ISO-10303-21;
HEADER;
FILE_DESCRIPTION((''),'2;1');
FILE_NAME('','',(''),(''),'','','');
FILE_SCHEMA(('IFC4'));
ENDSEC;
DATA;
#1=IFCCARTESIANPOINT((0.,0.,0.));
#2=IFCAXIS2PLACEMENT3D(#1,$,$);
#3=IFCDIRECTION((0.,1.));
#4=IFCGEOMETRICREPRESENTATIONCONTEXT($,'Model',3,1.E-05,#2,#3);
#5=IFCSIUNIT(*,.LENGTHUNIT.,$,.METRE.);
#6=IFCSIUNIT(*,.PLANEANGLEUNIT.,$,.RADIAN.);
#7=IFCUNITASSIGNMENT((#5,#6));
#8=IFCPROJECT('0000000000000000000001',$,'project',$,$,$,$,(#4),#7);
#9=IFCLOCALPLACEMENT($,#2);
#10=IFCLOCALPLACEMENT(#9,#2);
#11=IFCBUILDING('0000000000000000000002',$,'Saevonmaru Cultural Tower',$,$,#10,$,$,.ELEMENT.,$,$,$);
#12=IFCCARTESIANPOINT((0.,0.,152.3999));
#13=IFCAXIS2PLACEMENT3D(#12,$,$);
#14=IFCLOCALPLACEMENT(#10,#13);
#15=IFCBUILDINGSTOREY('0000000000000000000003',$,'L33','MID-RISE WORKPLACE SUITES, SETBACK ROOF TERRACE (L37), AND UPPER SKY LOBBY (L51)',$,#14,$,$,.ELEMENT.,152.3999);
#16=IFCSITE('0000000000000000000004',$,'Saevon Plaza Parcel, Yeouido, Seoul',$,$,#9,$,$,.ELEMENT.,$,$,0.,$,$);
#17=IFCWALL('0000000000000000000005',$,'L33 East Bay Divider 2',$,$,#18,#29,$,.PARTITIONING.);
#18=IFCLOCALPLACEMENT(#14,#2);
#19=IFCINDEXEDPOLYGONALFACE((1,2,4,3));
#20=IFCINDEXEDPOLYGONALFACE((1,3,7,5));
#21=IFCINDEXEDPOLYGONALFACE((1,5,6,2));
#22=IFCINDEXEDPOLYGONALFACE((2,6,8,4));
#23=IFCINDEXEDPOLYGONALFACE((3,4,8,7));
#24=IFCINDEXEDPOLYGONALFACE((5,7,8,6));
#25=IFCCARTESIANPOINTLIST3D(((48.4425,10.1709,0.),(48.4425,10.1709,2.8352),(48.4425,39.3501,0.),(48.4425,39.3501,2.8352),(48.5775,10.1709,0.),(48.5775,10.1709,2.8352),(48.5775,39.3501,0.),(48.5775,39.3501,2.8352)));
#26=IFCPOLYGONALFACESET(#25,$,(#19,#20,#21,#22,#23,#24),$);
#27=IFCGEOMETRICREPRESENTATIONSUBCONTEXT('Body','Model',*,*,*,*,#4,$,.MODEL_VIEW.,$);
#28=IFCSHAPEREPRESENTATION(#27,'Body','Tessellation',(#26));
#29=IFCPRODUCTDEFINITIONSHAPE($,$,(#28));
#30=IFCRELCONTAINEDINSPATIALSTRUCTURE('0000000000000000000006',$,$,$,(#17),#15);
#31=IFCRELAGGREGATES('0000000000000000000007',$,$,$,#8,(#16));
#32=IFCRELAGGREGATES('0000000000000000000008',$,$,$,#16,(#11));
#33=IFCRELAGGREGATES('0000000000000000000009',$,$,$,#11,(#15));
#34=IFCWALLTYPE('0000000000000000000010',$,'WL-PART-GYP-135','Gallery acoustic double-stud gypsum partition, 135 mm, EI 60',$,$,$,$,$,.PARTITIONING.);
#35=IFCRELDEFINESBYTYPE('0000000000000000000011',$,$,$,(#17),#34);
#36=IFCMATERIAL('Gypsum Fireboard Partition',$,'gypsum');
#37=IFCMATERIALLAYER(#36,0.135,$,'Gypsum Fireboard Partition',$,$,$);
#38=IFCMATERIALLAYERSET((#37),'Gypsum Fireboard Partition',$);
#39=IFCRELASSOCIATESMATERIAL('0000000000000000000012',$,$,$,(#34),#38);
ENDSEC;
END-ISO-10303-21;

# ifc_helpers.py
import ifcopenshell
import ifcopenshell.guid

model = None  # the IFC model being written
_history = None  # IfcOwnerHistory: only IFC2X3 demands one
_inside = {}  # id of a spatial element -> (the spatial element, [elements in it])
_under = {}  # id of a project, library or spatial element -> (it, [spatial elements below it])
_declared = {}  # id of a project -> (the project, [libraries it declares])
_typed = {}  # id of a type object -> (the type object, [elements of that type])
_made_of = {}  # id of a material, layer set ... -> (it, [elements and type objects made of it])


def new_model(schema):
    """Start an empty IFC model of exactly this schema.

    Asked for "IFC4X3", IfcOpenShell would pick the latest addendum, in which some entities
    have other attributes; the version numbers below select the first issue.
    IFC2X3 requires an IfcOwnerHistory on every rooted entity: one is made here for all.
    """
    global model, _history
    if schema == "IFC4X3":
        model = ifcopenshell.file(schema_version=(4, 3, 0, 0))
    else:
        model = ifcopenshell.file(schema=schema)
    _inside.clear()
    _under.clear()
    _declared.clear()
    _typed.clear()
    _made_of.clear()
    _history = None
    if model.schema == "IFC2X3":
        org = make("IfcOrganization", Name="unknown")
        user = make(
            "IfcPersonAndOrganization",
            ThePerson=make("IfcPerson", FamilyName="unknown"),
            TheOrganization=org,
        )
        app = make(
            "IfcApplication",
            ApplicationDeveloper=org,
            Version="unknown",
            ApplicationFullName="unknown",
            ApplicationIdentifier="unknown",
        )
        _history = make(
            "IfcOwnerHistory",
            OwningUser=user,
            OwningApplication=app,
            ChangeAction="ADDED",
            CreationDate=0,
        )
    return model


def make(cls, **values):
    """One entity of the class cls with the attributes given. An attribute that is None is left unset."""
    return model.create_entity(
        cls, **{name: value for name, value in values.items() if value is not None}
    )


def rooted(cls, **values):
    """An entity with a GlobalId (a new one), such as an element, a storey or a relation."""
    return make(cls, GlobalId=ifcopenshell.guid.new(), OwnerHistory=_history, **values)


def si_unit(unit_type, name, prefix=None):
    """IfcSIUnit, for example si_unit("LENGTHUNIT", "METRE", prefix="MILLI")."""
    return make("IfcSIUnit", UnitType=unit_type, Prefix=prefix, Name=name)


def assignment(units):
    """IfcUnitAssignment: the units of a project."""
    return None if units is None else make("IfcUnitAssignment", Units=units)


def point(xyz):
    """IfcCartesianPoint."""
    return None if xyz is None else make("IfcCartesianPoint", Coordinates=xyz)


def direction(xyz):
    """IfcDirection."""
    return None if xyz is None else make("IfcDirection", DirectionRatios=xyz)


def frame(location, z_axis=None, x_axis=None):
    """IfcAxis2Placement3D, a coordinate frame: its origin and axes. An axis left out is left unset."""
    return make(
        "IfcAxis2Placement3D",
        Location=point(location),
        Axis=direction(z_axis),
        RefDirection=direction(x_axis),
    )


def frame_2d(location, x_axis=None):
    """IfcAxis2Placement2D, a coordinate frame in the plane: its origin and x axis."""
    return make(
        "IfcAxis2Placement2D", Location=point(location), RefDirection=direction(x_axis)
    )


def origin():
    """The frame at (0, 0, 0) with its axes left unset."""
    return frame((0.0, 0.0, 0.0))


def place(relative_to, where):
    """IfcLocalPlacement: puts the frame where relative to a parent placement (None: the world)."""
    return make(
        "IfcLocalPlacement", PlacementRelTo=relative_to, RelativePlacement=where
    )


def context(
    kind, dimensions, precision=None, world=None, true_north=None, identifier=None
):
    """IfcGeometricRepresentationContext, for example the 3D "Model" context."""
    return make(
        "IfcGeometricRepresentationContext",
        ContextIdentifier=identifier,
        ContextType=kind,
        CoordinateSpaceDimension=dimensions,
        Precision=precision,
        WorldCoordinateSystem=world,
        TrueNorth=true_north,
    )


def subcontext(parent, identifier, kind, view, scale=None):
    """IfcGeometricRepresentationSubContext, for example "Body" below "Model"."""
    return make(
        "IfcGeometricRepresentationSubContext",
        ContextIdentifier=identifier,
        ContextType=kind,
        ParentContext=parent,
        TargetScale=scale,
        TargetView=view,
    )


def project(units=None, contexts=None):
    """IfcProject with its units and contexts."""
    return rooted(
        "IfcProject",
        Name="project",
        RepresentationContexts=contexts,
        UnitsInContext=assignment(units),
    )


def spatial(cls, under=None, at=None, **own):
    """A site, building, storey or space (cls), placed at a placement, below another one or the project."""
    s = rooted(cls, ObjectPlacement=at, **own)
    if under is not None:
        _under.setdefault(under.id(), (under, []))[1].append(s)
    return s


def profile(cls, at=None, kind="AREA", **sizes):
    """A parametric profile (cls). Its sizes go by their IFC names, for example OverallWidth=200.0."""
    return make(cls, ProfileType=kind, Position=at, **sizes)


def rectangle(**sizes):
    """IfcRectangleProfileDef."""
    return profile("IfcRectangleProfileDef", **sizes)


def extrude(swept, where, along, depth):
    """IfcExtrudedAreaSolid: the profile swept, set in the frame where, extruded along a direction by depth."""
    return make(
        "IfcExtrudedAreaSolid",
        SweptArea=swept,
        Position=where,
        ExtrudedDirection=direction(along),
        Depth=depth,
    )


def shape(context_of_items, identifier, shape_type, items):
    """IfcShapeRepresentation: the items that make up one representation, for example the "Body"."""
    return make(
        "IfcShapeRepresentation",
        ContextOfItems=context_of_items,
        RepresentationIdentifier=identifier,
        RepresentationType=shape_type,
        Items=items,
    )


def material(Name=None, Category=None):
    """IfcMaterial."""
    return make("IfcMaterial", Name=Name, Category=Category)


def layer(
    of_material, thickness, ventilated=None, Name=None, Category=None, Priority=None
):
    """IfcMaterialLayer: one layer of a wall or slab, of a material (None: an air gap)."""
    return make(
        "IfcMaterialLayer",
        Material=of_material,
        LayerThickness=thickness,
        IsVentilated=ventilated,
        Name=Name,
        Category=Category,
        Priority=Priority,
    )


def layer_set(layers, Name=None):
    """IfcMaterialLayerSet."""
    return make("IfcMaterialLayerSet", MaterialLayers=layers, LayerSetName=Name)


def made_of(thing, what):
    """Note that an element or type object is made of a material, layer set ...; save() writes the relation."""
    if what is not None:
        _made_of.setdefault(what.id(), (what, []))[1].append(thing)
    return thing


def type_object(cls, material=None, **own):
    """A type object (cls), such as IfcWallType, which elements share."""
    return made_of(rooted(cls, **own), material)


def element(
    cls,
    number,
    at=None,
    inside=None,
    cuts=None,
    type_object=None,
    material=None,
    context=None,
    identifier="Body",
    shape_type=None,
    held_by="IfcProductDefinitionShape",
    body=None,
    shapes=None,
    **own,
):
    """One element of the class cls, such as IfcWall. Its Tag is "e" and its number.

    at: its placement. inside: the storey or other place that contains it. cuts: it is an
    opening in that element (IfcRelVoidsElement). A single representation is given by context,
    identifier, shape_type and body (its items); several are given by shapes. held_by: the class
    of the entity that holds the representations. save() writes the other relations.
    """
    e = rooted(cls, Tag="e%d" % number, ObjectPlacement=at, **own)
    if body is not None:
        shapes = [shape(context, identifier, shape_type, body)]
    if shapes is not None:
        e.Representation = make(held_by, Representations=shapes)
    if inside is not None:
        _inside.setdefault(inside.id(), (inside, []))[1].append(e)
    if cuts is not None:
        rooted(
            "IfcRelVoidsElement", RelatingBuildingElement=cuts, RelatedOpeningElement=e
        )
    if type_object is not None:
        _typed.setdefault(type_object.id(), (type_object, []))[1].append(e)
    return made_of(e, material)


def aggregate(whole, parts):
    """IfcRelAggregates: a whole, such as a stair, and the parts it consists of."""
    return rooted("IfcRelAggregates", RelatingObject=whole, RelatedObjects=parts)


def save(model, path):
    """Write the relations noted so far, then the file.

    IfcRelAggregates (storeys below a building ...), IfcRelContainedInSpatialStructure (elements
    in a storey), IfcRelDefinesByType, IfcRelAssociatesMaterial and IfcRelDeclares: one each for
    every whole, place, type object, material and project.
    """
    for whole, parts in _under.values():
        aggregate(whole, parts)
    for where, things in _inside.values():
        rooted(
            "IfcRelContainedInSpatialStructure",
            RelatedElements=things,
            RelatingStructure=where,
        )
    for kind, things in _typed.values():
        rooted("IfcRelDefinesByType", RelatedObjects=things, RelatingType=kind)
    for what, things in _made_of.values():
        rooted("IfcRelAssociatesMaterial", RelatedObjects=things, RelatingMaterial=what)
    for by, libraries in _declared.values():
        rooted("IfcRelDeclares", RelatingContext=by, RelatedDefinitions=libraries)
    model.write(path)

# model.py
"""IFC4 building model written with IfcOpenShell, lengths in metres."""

from ifc_helpers import new_model, si_unit, direction, frame, frame_2d, origin, place, context, subcontext, project, spatial, rectangle, extrude, material, layer, layer_set, type_object, element, save


model = new_model("IFC4")

# Units and contexts
model_context = context("Model", 3, precision=1e-05, world=origin(), true_north=direction((0.0, 1.0)))
body_context = subcontext(model_context, "Body", "Model", "MODEL_VIEW")
ifc_project = project(units=[si_unit("LENGTHUNIT", "METRE"), si_unit("PLANEANGLEUNIT", "RADIAN")], contexts=[model_context])

# Site, building, storey
site_placement = place(None, origin())
site = spatial("IfcSite", under=ifc_project, at=site_placement, Name="Saevon Plaza Parcel, Yeouido, Seoul", CompositionType="ELEMENT", RefElevation=0.0)
building_placement = place(site_placement, origin())
building = spatial("IfcBuilding", under=site, at=building_placement, Name="Saevonmaru Cultural Tower", CompositionType="ELEMENT")
storey_placement = place(building_placement, frame((0.0, 0.0, 152.3999)))
storey = spatial("IfcBuildingStorey", under=building, at=storey_placement, Name="L33", Description="MID-RISE WORKPLACE SUITES, SETBACK ROOF TERRACE (L37), AND UPPER SKY LOBBY (L51)", CompositionType="ELEMENT", Elevation=152.3999)

# Wall
ifc_material_1 = material(Name="Gypsum Fireboard Partition", Category="gypsum")
ifc_layer_1 = layer(ifc_material_1, 0.135, Name="Gypsum Fireboard Partition")
ifc_layer_set_1 = layer_set([ifc_layer_1], Name="Gypsum Fireboard Partition")
wall_type_1 = type_object("IfcWallType", Name="WL-PART-GYP-135", Description="Gallery acoustic double-stud gypsum partition, 135 mm, EI 60", PredefinedType="PARTITIONING", material=ifc_layer_set_1)
wall_1_placement = place(storey_placement, frame((48.51, 10.1709, 0.0), z_axis=(0.0, 0.0, 1.0), x_axis=(0.0, 1.0, 0.0)))
element("IfcWall", 1, at=wall_1_placement, inside=storey, type_object=wall_type_1, Name="L33 East Bay Divider 2", PredefinedType="PARTITIONING", context=body_context, shape_type="SweptSolid", body=[
    extrude(rectangle(XDim=29.1792, YDim=0.135, at=frame_2d((14.5896, 0.0))), origin(), (0.0, 0.0, 1.0), 2.8352),
])

save(model, "model.ifc")
